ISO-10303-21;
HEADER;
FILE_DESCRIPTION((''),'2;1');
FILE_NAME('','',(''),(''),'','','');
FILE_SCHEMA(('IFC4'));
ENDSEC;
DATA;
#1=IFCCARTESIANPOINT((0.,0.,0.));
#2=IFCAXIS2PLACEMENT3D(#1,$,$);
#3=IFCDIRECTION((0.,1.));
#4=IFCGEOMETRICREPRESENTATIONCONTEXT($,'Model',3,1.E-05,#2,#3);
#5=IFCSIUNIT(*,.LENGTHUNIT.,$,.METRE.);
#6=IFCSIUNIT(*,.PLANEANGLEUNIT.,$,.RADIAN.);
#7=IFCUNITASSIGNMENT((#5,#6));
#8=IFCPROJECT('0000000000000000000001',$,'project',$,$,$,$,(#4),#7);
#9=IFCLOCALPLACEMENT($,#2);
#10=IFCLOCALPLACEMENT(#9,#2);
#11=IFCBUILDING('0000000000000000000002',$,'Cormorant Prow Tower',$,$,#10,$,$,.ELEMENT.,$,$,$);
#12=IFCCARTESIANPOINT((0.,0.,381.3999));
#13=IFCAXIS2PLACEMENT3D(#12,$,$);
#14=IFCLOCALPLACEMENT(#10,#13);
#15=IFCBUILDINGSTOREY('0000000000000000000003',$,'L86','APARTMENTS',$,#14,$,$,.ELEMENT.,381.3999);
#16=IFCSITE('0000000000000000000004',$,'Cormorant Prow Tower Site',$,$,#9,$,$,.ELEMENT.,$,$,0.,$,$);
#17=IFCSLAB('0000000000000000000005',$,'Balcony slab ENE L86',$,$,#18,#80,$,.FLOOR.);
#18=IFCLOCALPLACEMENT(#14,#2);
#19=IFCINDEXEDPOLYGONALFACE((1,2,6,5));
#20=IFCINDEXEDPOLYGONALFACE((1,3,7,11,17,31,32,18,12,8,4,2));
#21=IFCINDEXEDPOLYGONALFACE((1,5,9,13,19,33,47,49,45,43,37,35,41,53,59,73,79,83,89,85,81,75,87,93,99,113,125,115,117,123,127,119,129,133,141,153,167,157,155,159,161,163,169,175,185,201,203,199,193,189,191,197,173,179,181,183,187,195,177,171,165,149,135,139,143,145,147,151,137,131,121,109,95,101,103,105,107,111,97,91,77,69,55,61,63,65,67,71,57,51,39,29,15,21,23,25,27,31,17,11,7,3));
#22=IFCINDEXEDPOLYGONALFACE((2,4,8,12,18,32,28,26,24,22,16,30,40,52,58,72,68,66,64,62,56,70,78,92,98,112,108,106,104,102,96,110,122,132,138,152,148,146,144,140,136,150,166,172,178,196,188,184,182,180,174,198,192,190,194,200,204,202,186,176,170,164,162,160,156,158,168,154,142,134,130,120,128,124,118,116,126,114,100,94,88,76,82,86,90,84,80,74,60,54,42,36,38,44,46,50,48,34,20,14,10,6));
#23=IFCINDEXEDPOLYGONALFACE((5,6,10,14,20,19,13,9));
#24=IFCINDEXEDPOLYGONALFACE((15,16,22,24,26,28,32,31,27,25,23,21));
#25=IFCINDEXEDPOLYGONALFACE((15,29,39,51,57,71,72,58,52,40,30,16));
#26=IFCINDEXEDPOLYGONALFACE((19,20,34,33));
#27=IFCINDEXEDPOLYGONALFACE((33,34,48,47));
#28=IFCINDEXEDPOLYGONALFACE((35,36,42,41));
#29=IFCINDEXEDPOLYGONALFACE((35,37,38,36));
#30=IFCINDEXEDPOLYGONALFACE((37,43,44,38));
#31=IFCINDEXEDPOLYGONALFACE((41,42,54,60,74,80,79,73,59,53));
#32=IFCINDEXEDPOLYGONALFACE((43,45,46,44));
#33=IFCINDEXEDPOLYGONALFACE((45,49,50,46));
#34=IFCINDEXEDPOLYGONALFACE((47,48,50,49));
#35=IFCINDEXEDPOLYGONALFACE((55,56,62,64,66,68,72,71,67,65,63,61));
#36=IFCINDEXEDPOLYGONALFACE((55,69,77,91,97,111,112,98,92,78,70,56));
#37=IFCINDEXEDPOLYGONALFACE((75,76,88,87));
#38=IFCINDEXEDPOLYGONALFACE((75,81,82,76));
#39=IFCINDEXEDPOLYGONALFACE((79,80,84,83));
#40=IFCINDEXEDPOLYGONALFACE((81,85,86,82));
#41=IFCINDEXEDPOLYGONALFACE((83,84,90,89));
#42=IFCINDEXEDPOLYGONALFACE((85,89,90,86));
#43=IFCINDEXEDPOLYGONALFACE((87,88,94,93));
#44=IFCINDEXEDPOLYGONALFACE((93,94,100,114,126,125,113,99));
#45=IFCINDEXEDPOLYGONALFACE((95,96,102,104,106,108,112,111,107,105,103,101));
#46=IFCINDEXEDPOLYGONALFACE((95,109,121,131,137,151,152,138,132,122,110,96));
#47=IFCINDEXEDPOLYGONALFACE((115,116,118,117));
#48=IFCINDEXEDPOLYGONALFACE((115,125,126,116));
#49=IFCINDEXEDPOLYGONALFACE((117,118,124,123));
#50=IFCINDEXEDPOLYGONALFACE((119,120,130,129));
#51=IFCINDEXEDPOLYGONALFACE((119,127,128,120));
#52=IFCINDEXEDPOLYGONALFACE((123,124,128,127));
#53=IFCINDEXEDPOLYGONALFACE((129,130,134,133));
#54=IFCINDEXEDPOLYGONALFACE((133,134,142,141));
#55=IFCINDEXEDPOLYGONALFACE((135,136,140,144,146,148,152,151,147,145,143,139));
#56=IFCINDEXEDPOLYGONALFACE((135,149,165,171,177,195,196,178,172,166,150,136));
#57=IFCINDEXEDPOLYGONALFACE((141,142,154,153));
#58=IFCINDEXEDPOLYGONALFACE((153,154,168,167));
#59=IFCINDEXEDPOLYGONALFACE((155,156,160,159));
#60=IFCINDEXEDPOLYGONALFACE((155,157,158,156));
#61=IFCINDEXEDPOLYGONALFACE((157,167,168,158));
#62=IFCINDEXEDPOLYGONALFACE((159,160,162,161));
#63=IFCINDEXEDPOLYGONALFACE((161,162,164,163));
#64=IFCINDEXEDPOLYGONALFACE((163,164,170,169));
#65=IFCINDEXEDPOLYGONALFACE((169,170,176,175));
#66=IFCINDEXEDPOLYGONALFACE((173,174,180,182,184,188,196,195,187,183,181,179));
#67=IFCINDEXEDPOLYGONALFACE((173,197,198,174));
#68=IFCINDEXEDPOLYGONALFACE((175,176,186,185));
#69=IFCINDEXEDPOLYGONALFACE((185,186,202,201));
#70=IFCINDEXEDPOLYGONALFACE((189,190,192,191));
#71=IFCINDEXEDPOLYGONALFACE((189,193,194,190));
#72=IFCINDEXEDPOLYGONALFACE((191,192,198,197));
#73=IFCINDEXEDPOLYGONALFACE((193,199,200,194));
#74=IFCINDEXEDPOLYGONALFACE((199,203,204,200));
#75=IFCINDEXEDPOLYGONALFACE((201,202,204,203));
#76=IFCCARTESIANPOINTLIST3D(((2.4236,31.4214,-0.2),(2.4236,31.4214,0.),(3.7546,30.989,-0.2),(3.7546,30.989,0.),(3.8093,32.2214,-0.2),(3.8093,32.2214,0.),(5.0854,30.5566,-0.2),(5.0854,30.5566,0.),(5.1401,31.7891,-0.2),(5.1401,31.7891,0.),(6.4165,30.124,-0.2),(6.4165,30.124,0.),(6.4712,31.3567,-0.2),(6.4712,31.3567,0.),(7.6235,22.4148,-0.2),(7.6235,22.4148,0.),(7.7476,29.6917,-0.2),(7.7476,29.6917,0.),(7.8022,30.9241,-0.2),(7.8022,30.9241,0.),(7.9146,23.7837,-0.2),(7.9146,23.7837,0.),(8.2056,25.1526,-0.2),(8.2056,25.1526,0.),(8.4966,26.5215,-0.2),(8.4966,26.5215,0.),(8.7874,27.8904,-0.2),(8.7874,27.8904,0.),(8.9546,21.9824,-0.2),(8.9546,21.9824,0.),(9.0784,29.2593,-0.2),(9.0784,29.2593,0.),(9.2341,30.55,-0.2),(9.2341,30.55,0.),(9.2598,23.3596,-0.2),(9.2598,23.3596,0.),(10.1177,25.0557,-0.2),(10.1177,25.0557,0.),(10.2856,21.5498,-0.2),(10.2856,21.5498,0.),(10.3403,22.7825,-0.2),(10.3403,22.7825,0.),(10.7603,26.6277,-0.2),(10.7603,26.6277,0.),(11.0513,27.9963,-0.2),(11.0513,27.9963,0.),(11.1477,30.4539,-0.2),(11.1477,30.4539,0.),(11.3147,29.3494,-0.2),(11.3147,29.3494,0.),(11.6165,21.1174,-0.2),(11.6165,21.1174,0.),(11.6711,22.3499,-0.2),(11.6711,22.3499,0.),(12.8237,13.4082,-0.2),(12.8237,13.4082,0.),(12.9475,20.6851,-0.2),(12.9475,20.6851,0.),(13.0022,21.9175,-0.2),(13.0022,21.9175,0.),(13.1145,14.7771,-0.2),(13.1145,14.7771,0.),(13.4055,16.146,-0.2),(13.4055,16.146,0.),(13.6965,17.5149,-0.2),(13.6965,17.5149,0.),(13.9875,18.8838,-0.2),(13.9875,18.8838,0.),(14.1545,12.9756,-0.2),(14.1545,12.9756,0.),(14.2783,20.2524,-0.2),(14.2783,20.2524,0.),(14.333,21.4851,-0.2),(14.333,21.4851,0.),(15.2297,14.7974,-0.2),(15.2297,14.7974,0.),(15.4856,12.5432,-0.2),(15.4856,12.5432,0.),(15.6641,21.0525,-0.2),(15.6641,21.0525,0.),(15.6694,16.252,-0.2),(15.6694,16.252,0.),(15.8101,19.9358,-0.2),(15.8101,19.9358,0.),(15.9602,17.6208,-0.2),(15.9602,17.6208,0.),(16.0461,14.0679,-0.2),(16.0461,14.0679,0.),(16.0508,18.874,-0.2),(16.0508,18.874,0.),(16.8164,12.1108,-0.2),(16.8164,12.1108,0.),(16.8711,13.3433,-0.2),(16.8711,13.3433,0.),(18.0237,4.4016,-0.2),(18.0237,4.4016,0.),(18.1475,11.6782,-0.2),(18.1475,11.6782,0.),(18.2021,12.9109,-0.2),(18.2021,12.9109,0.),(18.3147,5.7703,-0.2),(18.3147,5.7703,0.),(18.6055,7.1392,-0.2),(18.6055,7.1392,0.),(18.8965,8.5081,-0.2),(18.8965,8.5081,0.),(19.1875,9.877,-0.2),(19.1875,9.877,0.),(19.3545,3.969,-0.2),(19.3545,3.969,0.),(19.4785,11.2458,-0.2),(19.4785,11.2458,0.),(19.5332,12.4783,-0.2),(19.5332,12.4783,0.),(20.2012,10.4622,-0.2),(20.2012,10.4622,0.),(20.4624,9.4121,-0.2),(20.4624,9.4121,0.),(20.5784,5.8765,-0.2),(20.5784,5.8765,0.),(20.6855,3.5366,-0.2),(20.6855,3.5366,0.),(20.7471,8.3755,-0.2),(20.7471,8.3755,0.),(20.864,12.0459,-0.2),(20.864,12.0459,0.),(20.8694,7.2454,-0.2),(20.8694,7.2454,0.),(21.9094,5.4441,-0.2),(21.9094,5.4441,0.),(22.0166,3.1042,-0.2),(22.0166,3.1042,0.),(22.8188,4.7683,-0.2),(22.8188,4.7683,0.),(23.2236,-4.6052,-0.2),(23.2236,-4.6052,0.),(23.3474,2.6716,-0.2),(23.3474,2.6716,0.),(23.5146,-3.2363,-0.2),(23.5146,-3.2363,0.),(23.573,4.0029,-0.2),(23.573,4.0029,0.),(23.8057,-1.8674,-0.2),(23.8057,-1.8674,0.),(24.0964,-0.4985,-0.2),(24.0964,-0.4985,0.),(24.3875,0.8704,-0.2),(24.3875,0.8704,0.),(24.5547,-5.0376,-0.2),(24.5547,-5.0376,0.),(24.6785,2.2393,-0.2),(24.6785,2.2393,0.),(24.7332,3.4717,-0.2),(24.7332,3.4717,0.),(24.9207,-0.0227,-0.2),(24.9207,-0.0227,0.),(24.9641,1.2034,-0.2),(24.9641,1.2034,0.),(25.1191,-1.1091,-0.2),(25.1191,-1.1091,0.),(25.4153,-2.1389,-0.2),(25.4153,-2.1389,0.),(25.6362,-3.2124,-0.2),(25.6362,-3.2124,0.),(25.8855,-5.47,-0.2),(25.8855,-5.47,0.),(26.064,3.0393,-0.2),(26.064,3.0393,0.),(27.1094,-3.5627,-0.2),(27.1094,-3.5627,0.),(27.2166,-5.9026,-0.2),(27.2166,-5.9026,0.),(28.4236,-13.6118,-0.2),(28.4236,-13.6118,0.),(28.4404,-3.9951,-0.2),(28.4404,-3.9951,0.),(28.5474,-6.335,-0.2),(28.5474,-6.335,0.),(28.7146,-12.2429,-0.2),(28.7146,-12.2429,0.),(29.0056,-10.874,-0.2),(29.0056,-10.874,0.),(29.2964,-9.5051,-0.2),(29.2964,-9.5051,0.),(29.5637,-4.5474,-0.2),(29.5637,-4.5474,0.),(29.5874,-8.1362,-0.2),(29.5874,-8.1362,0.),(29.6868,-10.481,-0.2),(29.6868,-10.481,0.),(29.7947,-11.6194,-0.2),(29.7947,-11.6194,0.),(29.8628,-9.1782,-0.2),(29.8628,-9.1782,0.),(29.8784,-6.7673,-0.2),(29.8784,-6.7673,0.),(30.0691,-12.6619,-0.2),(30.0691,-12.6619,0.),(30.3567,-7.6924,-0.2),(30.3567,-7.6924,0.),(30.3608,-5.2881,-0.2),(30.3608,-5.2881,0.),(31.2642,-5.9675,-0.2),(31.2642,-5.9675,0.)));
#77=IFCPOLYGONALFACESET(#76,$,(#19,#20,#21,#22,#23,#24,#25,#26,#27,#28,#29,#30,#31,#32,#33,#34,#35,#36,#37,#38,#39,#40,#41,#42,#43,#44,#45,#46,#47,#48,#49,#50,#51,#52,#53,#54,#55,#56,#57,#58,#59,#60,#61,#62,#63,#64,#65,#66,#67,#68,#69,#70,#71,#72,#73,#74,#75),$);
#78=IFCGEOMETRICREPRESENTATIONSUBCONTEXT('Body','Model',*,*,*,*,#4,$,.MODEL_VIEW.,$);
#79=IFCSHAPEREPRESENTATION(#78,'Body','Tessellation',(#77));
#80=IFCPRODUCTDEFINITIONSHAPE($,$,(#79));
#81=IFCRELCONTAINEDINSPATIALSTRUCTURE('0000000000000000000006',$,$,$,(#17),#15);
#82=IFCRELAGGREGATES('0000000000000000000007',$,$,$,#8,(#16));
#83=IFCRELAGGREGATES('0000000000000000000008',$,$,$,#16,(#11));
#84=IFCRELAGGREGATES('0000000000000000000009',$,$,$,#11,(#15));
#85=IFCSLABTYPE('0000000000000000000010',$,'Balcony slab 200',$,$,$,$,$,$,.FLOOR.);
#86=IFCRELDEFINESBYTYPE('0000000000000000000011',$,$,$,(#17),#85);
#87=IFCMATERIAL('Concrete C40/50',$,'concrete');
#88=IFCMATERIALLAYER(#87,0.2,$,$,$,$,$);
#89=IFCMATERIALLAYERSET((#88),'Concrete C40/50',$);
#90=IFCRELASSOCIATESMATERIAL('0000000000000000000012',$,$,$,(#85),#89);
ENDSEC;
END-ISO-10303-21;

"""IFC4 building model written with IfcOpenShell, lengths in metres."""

from ifc_helpers import new_model, si_unit, direction, frame, origin, place, context, subcontext, project, spatial, polyline, outline, extrude, material, layer, layer_set, type_object, element, save


model = new_model("IFC4")

# Units and contexts
model_context = context("Model", 3, precision=1e-05, world=origin(), true_north=direction((0.0, 1.0)))
body_context = subcontext(model_context, "Body", "Model", "MODEL_VIEW")
ifc_project = project(units=[si_unit("LENGTHUNIT", "METRE"), si_unit("PLANEANGLEUNIT", "RADIAN")], contexts=[model_context])

# Site, building, storey
site_placement = place(None, origin())
site = spatial("IfcSite", under=ifc_project, at=site_placement, Name="Cormorant Prow Tower Site", CompositionType="ELEMENT", RefElevation=0.0)
building_placement = place(site_placement, origin())
building = spatial("IfcBuilding", under=site, at=building_placement, Name="Cormorant Prow Tower", CompositionType="ELEMENT")
storey_placement = place(building_placement, frame((0.0, 0.0, 381.3999)))
storey = spatial("IfcBuildingStorey", under=building, at=storey_placement, Name="L86", Description="APARTMENTS", CompositionType="ELEMENT", Elevation=381.3999)

# Slab
ifc_material_1 = material(Name="Concrete C40/50", Category="concrete")
ifc_layer_1 = layer(ifc_material_1, 0.2)
ifc_layer_set_1 = layer_set([ifc_layer_1], Name="Concrete C40/50")
slab_type_1 = type_object("IfcSlabType", Name="Balcony slab 200", PredefinedType="FLOOR", material=ifc_layer_set_1)
slab_1_placement = place(storey_placement, frame((0.0, 0.0, -0.2)))
element("IfcSlab", 1, at=slab_1_placement, inside=storey, type_object=slab_type_1, Name="Balcony slab ENE L86", PredefinedType="FLOOR", context=body_context, shape_type="SweptSolid", body=[
    extrude(outline(polyline([(28.4236, -13.6118), (30.0691, -12.6619), (29.7947, -11.6194), (29.6868, -10.481), (29.8628, -9.1782), (30.3567, -7.6924), (31.2642, -5.9675), (30.3608, -5.2881), (29.5637, -4.5474), (28.4404, -3.9951), (27.1094, -3.5627), (25.6362, -3.2124), (25.4153, -2.1389), (25.1191, -1.1091), (24.9207, -0.0227), (24.9641, 1.2034), (26.064, 3.0393), (24.7332, 3.4717), (23.573, 4.0029), (22.8188, 4.7683), (21.9094, 5.4441), (20.5784, 5.8765), (20.8694, 7.2454), (20.7471, 8.3755), (20.4624, 9.4121), (20.2012, 10.4622), (20.864, 12.0459), (19.5332, 12.4783), (18.2021, 12.9109), (16.8711, 13.3433), (16.0461, 14.0679), (15.2297, 14.7974), (15.6694, 16.252), (15.9602, 17.6208), (16.0508, 18.874), (15.8101, 19.9358), (15.6641, 21.0525), (14.333, 21.4851), (13.0022, 21.9175), (11.6711, 22.3499), (10.3403, 22.7825), (9.2598, 23.3596), (10.1177, 25.0557), (10.7603, 26.6277), (11.0513, 27.9963), (11.3147, 29.3494), (11.1477, 30.4539), (9.2341, 30.55), (7.8022, 30.9241), (6.4712, 31.3567), (5.1401, 31.7891), (3.8093, 32.2214), (2.4236, 31.4214), (3.7546, 30.989), (5.0854, 30.5566), (6.4165, 30.124), (7.7476, 29.6917), (9.0784, 29.2593), (8.7874, 27.8904), (8.4966, 26.5215), (8.2056, 25.1526), (7.9146, 23.7837), (7.6235, 22.4148), (8.9546, 21.9824), (10.2856, 21.5498), (11.6165, 21.1174), (12.9475, 20.6851), (14.2783, 20.2524), (13.9875, 18.8838), (13.6965, 17.5149), (13.4055, 16.146), (13.1145, 14.7771), (12.8237, 13.4082), (14.1545, 12.9756), (15.4856, 12.5432), (16.8164, 12.1108), (18.1475, 11.6782), (19.4785, 11.2458), (19.1875, 9.877), (18.8965, 8.5081), (18.6055, 7.1392), (18.3147, 5.7703), (18.0237, 4.4016), (19.3545, 3.969), (20.6855, 3.5366), (22.0166, 3.1042), (23.3474, 2.6716), (24.6785, 2.2393), (24.3875, 0.8704), (24.0964, -0.4985), (23.8057, -1.8674), (23.5146, -3.2363), (23.2236, -4.6052), (24.5547, -5.0376), (25.8855, -5.47), (27.2166, -5.9026), (28.5474, -6.335), (29.8784, -6.7673), (29.5874, -8.1362), (29.2964, -9.5051), (29.0056, -10.874), (28.7146, -12.2429), (28.4236, -13.6118)])), origin(), (0.0, 0.0, 1.0), 0.2),
])

save(model, "model.ifc")
